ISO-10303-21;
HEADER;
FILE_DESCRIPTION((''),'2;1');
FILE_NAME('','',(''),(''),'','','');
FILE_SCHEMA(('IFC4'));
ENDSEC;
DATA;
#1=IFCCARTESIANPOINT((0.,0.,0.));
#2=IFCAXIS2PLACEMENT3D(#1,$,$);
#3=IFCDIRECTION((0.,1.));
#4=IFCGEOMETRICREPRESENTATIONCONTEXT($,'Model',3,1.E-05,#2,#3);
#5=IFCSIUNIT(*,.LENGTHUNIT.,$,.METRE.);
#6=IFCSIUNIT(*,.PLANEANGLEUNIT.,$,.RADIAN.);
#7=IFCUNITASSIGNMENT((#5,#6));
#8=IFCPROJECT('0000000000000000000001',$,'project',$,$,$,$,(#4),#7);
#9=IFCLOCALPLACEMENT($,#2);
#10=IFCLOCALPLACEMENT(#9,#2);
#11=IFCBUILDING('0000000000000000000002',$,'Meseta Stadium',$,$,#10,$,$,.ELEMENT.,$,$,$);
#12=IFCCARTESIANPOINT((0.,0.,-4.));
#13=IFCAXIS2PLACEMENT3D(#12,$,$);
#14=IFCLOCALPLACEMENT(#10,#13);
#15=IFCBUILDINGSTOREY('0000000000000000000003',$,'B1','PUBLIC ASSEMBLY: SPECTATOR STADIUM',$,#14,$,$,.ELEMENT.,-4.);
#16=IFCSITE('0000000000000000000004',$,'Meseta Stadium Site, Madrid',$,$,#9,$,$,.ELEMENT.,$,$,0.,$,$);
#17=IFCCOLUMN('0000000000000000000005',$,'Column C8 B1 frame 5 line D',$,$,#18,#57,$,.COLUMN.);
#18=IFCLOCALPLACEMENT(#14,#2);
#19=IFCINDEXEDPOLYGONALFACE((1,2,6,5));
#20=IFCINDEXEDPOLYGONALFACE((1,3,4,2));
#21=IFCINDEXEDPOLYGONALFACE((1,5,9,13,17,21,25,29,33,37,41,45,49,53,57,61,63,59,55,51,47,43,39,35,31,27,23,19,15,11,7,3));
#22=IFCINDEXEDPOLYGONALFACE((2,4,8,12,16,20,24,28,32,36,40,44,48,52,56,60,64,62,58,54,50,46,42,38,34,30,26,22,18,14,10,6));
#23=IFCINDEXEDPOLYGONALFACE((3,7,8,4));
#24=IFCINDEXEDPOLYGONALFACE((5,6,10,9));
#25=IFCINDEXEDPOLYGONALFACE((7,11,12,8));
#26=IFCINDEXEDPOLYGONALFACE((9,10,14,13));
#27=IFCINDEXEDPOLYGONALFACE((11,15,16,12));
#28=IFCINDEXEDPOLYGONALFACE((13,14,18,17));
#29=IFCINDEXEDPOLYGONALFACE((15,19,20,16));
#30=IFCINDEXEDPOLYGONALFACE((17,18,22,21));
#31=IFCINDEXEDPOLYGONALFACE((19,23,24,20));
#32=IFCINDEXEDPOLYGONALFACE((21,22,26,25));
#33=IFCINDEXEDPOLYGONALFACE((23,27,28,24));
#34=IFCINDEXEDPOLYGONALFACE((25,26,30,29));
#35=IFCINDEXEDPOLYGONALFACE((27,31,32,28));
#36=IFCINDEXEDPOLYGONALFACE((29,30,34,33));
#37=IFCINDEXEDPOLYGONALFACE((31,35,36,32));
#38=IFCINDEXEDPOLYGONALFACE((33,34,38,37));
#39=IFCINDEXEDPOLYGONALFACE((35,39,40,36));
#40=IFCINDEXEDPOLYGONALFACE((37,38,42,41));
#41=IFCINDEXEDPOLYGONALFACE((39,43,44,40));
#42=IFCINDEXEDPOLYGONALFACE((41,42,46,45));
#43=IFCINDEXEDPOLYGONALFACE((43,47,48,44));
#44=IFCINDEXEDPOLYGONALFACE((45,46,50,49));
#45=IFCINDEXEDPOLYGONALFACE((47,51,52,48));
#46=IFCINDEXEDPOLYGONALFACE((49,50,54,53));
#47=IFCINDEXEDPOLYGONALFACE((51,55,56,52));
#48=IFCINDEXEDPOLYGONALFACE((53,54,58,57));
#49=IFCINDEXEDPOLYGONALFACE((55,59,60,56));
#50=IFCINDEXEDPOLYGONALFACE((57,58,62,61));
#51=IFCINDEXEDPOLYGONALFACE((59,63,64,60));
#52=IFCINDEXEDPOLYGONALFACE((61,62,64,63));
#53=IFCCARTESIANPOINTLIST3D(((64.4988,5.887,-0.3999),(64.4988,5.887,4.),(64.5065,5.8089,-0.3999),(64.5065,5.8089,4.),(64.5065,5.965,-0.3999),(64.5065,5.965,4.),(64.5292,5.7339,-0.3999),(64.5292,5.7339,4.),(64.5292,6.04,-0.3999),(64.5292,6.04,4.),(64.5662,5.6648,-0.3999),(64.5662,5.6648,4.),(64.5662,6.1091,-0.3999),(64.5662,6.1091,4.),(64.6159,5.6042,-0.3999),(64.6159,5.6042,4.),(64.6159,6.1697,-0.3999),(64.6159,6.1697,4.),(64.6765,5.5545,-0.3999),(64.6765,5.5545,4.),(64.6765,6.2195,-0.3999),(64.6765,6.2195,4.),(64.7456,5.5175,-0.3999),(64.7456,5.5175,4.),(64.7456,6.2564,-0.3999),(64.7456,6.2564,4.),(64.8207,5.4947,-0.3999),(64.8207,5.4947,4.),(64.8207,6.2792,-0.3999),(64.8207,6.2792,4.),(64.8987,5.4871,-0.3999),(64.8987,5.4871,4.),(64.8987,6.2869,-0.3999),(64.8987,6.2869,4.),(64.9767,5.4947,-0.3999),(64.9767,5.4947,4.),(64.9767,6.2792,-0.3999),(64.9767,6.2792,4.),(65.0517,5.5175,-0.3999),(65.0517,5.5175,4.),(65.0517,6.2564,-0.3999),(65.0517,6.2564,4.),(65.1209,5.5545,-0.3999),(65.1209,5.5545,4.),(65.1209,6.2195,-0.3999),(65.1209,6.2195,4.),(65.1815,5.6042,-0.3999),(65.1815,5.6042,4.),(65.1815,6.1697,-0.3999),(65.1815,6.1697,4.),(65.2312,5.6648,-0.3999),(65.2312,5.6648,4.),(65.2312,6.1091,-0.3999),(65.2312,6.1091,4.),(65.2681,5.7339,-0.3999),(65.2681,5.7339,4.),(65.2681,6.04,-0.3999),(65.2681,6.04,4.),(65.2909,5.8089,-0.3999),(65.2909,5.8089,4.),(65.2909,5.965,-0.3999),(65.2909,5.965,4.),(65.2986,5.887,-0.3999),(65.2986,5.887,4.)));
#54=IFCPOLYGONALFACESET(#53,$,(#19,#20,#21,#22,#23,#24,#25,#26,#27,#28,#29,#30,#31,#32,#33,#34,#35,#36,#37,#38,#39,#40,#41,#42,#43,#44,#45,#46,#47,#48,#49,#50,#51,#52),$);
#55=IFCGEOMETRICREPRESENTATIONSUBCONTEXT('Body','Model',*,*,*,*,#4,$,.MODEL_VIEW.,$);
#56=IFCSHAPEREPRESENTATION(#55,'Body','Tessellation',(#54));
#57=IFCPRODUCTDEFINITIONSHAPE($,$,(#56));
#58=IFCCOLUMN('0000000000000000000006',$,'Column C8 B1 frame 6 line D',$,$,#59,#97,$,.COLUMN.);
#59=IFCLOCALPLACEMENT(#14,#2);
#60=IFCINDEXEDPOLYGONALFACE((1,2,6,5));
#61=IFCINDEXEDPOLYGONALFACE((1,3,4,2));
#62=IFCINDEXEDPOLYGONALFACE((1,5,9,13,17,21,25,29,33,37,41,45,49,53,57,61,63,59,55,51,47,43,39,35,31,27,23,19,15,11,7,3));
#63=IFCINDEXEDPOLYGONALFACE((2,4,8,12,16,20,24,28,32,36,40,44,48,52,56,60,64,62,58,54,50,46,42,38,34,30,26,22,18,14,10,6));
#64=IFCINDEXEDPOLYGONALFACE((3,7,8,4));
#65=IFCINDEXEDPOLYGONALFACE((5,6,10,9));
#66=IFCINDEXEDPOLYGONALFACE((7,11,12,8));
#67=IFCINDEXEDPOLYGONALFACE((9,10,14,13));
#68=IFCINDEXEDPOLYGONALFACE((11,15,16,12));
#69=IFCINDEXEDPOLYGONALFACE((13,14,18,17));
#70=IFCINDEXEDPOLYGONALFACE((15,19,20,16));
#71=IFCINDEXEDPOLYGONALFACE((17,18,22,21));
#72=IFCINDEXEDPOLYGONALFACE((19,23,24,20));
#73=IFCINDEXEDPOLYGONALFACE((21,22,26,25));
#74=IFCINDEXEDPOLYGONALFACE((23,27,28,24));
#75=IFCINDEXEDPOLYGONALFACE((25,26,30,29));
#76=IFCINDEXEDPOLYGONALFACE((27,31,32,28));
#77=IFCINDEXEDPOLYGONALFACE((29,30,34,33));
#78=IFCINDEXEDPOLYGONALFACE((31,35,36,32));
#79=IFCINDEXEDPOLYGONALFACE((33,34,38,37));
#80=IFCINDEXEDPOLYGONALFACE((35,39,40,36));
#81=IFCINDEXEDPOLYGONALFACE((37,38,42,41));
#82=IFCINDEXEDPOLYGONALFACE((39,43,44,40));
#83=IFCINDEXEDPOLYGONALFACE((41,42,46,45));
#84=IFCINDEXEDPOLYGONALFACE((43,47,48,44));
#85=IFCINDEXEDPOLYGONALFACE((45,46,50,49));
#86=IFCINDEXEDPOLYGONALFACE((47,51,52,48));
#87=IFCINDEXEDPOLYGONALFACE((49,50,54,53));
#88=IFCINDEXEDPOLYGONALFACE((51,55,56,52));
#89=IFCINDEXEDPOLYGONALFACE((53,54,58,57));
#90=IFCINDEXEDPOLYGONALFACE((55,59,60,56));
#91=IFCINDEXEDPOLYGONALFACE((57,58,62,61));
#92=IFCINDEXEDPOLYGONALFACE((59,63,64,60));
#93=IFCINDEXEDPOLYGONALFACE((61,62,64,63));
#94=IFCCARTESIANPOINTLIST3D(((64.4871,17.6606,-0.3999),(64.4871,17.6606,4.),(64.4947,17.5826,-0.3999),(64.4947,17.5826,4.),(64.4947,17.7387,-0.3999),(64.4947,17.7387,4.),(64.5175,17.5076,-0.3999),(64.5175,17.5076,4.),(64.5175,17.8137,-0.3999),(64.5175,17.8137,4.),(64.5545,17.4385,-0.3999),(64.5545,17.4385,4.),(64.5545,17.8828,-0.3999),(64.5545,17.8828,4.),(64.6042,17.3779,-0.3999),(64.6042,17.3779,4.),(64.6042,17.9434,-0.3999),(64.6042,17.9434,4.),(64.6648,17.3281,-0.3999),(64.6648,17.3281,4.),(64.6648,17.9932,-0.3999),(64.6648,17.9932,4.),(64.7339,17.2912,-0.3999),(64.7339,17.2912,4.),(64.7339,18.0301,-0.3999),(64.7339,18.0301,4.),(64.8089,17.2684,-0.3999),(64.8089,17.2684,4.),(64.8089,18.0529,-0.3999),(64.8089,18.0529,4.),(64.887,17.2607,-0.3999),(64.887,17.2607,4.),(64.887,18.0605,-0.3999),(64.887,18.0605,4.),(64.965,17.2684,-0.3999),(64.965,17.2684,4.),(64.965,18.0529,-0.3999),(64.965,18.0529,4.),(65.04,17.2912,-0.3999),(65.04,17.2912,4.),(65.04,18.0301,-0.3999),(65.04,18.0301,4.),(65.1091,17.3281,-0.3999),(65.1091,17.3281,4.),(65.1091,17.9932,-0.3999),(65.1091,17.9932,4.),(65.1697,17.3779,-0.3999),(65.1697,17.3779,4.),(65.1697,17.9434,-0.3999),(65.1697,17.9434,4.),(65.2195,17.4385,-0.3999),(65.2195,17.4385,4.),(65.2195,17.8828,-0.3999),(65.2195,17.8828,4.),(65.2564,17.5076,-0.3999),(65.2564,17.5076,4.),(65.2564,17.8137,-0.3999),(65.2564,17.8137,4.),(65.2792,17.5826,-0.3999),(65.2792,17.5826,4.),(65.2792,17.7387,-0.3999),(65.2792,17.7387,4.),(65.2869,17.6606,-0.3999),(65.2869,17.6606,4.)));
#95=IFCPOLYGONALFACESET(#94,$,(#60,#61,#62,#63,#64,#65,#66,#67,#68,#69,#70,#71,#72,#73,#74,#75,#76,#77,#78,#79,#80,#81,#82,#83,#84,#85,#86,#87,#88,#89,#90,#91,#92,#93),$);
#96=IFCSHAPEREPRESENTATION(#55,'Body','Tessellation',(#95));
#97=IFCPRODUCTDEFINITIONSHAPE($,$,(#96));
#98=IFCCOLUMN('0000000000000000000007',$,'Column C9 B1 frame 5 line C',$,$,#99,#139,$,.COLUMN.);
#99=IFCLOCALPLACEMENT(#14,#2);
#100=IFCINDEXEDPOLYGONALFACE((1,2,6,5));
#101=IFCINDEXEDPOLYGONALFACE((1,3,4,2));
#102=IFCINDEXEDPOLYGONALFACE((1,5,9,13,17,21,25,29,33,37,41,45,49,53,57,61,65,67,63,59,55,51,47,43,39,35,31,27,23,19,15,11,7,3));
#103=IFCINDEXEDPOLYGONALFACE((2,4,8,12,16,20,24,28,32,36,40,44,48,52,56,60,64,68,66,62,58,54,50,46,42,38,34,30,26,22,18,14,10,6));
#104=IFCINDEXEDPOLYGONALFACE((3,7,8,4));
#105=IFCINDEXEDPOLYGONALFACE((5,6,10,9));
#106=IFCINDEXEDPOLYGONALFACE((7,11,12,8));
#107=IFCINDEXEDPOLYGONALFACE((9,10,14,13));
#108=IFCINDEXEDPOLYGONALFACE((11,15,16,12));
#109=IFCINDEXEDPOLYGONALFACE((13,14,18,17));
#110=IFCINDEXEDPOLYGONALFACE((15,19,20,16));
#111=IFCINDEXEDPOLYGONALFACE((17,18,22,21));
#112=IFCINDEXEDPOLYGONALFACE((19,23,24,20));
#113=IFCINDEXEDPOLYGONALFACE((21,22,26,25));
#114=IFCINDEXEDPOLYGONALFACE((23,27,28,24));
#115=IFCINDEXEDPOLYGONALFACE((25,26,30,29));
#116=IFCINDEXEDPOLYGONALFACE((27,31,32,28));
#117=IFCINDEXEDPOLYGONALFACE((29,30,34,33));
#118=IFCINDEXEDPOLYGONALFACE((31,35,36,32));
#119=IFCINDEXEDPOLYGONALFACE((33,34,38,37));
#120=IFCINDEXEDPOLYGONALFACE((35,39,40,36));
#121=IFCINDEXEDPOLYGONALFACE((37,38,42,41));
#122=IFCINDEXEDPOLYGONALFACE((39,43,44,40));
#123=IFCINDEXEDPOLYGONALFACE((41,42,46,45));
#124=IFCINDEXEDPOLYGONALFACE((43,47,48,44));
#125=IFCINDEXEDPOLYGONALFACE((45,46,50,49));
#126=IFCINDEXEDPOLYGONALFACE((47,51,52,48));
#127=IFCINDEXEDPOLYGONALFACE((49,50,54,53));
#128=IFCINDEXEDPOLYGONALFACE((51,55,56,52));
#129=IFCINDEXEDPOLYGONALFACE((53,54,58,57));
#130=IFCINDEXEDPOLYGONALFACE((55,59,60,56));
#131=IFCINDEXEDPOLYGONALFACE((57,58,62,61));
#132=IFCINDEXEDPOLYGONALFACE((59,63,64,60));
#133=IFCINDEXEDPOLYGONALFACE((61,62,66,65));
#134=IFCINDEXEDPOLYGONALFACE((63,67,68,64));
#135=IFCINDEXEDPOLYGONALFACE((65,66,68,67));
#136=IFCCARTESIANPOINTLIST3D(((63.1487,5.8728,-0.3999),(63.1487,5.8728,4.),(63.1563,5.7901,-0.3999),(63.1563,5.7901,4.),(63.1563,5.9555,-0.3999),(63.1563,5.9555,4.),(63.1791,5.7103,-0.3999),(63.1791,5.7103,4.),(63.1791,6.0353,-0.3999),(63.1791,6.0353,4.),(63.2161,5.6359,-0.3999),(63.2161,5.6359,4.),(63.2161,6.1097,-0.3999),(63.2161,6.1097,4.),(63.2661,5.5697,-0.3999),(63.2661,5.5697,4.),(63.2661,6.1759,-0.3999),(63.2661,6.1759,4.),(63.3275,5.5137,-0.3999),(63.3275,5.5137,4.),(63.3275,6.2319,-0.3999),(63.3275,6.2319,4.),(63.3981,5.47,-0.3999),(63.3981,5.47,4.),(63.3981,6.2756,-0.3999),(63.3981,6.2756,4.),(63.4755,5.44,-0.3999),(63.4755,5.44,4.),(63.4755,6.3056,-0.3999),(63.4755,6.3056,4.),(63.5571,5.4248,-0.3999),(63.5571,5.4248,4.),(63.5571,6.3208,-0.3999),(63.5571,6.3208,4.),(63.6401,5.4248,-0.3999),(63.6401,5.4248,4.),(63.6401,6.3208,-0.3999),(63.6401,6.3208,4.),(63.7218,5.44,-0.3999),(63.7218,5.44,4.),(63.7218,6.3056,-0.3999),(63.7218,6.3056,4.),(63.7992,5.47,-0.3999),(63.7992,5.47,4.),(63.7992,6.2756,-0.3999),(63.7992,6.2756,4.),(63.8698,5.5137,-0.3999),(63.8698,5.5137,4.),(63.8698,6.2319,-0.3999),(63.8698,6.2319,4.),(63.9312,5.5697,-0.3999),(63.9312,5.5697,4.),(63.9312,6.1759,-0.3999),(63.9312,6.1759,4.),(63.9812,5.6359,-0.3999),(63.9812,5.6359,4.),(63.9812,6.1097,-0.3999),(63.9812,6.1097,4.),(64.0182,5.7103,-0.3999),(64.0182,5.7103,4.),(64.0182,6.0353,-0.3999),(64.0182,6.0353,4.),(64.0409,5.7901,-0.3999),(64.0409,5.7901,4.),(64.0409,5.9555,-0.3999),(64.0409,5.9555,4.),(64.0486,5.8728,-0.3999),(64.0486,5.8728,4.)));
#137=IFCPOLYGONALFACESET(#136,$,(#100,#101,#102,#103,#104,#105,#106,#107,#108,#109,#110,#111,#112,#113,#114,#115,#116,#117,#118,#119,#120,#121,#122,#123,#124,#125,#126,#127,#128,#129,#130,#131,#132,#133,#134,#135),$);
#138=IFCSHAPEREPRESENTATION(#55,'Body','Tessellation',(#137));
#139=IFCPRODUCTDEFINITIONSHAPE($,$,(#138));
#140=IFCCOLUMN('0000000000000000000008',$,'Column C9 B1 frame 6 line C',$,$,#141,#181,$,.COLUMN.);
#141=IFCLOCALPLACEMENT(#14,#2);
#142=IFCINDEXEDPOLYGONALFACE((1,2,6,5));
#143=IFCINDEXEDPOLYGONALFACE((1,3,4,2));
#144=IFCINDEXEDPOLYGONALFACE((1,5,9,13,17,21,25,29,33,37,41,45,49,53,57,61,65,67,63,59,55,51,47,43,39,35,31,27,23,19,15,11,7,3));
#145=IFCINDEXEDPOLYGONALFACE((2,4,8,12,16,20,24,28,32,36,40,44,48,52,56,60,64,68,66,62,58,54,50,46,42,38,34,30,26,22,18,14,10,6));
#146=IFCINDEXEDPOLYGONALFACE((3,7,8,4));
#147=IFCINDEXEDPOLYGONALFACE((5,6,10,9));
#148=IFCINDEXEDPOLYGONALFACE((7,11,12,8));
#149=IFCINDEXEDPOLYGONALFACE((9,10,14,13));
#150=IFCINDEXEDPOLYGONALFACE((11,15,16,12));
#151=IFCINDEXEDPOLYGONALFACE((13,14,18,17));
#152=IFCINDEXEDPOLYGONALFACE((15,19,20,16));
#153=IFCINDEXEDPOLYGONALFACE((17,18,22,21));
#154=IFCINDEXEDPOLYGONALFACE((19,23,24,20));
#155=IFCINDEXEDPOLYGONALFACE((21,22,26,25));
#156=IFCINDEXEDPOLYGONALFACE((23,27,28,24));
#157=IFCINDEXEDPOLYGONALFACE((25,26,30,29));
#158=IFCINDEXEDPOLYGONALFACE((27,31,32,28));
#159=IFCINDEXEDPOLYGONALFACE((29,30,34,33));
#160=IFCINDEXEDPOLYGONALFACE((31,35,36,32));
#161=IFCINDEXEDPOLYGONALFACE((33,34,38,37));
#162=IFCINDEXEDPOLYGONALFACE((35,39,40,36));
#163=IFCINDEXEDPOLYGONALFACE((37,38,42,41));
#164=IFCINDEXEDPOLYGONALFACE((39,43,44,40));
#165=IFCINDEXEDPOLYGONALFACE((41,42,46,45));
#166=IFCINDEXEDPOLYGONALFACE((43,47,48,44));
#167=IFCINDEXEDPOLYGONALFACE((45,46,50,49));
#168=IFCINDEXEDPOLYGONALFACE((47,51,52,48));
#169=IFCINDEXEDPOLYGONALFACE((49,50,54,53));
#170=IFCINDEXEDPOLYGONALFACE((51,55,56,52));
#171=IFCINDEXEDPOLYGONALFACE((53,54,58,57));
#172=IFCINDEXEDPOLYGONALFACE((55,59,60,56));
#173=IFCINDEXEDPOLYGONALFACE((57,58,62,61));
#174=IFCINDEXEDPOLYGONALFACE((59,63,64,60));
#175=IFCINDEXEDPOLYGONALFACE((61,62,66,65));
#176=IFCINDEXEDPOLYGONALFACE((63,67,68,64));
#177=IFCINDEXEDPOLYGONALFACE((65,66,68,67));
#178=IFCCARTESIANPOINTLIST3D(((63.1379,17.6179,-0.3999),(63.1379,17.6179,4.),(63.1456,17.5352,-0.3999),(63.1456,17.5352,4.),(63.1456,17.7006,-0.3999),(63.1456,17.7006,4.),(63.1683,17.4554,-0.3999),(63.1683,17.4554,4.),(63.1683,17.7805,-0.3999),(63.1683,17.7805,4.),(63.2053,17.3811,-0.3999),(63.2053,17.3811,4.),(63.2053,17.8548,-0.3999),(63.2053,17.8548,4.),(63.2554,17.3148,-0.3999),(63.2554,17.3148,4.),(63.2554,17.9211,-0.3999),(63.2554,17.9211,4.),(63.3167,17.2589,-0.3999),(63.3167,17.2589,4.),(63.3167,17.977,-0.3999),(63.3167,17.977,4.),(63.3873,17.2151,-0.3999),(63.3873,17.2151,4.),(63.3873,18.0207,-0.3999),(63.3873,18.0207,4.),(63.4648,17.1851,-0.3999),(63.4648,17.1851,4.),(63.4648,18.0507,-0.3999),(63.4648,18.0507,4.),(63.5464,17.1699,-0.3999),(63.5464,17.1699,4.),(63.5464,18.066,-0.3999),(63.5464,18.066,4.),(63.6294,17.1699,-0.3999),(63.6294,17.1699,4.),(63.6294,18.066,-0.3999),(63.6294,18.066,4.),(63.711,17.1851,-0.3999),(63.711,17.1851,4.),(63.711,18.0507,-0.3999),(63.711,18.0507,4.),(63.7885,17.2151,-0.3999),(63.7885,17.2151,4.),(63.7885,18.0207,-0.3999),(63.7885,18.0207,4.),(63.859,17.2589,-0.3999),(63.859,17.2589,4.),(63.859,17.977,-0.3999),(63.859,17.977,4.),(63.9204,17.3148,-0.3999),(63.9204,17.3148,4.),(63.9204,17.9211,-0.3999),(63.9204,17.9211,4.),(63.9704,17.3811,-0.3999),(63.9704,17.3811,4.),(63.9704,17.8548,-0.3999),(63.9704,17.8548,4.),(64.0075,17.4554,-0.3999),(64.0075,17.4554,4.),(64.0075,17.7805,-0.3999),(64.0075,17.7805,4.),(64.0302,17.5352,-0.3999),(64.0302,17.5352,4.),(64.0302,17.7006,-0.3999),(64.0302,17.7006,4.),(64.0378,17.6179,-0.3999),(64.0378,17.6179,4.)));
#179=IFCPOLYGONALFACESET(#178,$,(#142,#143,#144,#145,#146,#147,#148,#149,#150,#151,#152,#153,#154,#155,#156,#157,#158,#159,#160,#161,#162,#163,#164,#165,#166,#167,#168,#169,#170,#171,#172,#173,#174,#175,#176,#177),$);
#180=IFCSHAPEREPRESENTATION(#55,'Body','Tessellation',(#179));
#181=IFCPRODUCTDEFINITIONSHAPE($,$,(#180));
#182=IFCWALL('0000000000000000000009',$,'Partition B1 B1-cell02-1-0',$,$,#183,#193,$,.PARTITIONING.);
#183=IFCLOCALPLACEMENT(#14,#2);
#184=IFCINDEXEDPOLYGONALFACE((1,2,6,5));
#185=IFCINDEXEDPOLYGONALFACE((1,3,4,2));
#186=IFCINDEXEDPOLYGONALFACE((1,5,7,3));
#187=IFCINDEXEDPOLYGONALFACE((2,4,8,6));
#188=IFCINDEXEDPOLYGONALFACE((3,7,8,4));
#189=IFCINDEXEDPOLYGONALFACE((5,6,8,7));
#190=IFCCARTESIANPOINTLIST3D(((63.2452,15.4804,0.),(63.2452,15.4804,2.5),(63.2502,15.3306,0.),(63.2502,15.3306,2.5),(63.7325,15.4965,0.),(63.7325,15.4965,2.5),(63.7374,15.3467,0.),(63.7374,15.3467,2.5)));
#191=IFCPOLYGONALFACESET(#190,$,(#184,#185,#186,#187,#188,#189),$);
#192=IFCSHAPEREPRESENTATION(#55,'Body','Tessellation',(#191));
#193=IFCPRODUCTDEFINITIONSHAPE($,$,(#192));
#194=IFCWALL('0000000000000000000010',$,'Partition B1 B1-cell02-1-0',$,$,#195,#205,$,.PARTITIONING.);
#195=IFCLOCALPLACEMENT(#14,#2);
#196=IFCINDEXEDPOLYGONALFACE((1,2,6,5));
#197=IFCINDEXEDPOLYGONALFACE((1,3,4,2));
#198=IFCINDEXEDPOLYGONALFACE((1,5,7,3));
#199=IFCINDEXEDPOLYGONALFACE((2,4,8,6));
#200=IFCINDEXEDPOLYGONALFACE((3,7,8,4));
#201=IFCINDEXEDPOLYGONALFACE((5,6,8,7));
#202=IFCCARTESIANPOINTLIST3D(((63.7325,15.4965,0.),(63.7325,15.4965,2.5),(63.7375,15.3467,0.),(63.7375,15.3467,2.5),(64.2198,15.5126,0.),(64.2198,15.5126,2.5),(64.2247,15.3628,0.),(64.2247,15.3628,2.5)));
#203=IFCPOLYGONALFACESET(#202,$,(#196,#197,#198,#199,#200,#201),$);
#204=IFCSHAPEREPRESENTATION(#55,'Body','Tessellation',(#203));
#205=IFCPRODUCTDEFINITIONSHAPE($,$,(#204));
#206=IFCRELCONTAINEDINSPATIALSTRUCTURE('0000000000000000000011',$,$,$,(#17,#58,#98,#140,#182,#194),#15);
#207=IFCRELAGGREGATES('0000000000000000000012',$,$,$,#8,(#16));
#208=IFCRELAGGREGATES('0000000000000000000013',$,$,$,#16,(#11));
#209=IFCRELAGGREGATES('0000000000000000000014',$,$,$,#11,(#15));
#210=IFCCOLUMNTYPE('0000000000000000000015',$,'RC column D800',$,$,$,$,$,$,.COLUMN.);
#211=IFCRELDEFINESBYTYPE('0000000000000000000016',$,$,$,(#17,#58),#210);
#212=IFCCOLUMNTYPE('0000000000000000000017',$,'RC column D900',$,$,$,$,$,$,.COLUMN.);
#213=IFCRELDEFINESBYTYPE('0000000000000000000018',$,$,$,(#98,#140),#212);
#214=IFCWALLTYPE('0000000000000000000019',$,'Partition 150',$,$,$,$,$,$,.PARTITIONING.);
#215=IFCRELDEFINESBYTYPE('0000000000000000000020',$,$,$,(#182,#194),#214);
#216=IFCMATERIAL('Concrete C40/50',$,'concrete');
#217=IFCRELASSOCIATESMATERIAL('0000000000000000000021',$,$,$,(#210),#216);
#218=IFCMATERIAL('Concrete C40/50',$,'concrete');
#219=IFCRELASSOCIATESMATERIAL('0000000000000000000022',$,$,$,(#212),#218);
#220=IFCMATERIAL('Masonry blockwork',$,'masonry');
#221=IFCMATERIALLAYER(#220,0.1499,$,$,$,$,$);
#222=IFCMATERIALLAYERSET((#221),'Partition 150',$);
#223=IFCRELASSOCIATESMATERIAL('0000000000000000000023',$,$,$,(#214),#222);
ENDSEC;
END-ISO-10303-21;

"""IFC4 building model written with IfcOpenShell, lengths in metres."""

from ifc_helpers import new_model, si_unit, direction, frame, frame_2d, origin, origin_2d, place, context, subcontext, project, spatial, rectangle, circle, extrude, material, layer, layer_set, material_profile, profile_set, type_object, element, save


model = new_model("IFC4")

# Units and contexts
model_context = context("Model", 3, precision=1e-05, world=origin(), true_north=direction((0.0, 1.0)))
body_context = subcontext(model_context, "Body", "Model", "MODEL_VIEW")
ifc_project = project(units=[si_unit("LENGTHUNIT", "METRE"), si_unit("PLANEANGLEUNIT", "RADIAN")], contexts=[model_context])

# Site, building, storey
site_placement = place(None, origin())
site = spatial("IfcSite", under=ifc_project, at=site_placement, Name="Meseta Stadium Site, Madrid", CompositionType="ELEMENT", RefElevation=0.0)
building_placement = place(site_placement, origin())
building = spatial("IfcBuilding", under=site, at=building_placement, Name="Meseta Stadium", CompositionType="ELEMENT")
storey_placement = place(building_placement, frame((0.0, 0.0, -4.0)))
storey = spatial("IfcBuildingStorey", under=building, at=storey_placement, Name="B1", Description="PUBLIC ASSEMBLY: SPECTATOR STADIUM", CompositionType="ELEMENT", Elevation=-4.0)

# Columns
ifc_material_1 = material(Name="Concrete C40/50", Category="concrete")
ifc_material_profile_1 = material_profile(ifc_material_1, circle(Radius=0.3999, at=origin_2d()), Name="RC D800")
ifc_profile_set_1 = profile_set([ifc_material_profile_1], Name="Concrete C40/50")
column_type_1 = type_object("IfcColumnType", Name="RC column D800", PredefinedType="COLUMN", material=ifc_profile_set_1)
for number, where, z_axis, x_axis, name in (
    (1, (64.8987, 5.887, -0.3999), (0.0, 0.0, 1.0), (1.0, 0.0, 0.0), "Column C8 B1 frame 5 line D"),
    (2, (64.887, 17.6606, -0.3999), (0.0, 0.0, 1.0), (1.0, 0.0, 0.0), "Column C8 B1 frame 6 line D"),
):
    element("IfcColumn", number, at=place(storey_placement, frame(where, z_axis=z_axis, x_axis=x_axis)), inside=storey, type_object=column_type_1, Name=name, PredefinedType="COLUMN", context=body_context, shape_type="SweptSolid", body=[
        extrude(circle(Radius=0.3999, at=origin_2d()), origin(), (0.0, 0.0, 1.0), 4.3999),
    ])
ifc_material_2 = material(Name="Concrete C40/50", Category="concrete")
ifc_material_profile_2 = material_profile(ifc_material_2, circle(Radius=0.45, at=origin_2d()), Name="RC D900")
ifc_profile_set_2 = profile_set([ifc_material_profile_2], Name="Concrete C40/50")
column_type_2 = type_object("IfcColumnType", Name="RC column D900", PredefinedType="COLUMN", material=ifc_profile_set_2)
for number, where, z_axis, x_axis, name in (
    (3, (63.5986, 5.8728, -0.3999), (0.0, 0.0, 1.0), (1.0, 0.0, 0.0), "Column C9 B1 frame 5 line C"),
    (4, (63.5879, 17.6179, -0.3999), (0.0, 0.0, 1.0), (1.0, 0.0, 0.0), "Column C9 B1 frame 6 line C"),
):
    element("IfcColumn", number, at=place(storey_placement, frame(where, z_axis=z_axis, x_axis=x_axis)), inside=storey, type_object=column_type_2, Name=name, PredefinedType="COLUMN", context=body_context, shape_type="SweptSolid", body=[
        extrude(circle(Radius=0.45, at=origin_2d()), origin(), (0.0, 0.0, 1.0), 4.3999),
    ])

# Walls
ifc_material_3 = material(Name="Masonry blockwork", Category="masonry")
ifc_layer = layer(ifc_material_3, 0.1499)
ifc_layer_set = layer_set([ifc_layer], Name="Partition 150")
wall_type = type_object("IfcWallType", Name="Partition 150", PredefinedType="PARTITIONING", material=ifc_layer_set)
for number, where, z_axis, x_axis, name in (
    (5, (63.2478, 15.4055, 0.0), (0.0, 0.0, 1.0), (0.999454, 0.033048, 0.0), "Partition B1 B1-cell02-1-0"),
    (6, (63.7351, 15.4216, 0.0), (0.0, 0.0, 1.0), (0.999454, 0.033048, 0.0), "Partition B1 B1-cell02-1-0"),
):
    element("IfcWall", number, at=place(storey_placement, frame(where, z_axis=z_axis, x_axis=x_axis)), inside=storey, type_object=wall_type, Name=name, PredefinedType="PARTITIONING", context=body_context, shape_type="SweptSolid", body=[
        extrude(rectangle(XDim=0.4875, YDim=0.1499, at=frame_2d((0.2437, 0.0))), origin(), (0.0, 0.0, 1.0), 2.5),
    ])

save(model, "model.ifc")
